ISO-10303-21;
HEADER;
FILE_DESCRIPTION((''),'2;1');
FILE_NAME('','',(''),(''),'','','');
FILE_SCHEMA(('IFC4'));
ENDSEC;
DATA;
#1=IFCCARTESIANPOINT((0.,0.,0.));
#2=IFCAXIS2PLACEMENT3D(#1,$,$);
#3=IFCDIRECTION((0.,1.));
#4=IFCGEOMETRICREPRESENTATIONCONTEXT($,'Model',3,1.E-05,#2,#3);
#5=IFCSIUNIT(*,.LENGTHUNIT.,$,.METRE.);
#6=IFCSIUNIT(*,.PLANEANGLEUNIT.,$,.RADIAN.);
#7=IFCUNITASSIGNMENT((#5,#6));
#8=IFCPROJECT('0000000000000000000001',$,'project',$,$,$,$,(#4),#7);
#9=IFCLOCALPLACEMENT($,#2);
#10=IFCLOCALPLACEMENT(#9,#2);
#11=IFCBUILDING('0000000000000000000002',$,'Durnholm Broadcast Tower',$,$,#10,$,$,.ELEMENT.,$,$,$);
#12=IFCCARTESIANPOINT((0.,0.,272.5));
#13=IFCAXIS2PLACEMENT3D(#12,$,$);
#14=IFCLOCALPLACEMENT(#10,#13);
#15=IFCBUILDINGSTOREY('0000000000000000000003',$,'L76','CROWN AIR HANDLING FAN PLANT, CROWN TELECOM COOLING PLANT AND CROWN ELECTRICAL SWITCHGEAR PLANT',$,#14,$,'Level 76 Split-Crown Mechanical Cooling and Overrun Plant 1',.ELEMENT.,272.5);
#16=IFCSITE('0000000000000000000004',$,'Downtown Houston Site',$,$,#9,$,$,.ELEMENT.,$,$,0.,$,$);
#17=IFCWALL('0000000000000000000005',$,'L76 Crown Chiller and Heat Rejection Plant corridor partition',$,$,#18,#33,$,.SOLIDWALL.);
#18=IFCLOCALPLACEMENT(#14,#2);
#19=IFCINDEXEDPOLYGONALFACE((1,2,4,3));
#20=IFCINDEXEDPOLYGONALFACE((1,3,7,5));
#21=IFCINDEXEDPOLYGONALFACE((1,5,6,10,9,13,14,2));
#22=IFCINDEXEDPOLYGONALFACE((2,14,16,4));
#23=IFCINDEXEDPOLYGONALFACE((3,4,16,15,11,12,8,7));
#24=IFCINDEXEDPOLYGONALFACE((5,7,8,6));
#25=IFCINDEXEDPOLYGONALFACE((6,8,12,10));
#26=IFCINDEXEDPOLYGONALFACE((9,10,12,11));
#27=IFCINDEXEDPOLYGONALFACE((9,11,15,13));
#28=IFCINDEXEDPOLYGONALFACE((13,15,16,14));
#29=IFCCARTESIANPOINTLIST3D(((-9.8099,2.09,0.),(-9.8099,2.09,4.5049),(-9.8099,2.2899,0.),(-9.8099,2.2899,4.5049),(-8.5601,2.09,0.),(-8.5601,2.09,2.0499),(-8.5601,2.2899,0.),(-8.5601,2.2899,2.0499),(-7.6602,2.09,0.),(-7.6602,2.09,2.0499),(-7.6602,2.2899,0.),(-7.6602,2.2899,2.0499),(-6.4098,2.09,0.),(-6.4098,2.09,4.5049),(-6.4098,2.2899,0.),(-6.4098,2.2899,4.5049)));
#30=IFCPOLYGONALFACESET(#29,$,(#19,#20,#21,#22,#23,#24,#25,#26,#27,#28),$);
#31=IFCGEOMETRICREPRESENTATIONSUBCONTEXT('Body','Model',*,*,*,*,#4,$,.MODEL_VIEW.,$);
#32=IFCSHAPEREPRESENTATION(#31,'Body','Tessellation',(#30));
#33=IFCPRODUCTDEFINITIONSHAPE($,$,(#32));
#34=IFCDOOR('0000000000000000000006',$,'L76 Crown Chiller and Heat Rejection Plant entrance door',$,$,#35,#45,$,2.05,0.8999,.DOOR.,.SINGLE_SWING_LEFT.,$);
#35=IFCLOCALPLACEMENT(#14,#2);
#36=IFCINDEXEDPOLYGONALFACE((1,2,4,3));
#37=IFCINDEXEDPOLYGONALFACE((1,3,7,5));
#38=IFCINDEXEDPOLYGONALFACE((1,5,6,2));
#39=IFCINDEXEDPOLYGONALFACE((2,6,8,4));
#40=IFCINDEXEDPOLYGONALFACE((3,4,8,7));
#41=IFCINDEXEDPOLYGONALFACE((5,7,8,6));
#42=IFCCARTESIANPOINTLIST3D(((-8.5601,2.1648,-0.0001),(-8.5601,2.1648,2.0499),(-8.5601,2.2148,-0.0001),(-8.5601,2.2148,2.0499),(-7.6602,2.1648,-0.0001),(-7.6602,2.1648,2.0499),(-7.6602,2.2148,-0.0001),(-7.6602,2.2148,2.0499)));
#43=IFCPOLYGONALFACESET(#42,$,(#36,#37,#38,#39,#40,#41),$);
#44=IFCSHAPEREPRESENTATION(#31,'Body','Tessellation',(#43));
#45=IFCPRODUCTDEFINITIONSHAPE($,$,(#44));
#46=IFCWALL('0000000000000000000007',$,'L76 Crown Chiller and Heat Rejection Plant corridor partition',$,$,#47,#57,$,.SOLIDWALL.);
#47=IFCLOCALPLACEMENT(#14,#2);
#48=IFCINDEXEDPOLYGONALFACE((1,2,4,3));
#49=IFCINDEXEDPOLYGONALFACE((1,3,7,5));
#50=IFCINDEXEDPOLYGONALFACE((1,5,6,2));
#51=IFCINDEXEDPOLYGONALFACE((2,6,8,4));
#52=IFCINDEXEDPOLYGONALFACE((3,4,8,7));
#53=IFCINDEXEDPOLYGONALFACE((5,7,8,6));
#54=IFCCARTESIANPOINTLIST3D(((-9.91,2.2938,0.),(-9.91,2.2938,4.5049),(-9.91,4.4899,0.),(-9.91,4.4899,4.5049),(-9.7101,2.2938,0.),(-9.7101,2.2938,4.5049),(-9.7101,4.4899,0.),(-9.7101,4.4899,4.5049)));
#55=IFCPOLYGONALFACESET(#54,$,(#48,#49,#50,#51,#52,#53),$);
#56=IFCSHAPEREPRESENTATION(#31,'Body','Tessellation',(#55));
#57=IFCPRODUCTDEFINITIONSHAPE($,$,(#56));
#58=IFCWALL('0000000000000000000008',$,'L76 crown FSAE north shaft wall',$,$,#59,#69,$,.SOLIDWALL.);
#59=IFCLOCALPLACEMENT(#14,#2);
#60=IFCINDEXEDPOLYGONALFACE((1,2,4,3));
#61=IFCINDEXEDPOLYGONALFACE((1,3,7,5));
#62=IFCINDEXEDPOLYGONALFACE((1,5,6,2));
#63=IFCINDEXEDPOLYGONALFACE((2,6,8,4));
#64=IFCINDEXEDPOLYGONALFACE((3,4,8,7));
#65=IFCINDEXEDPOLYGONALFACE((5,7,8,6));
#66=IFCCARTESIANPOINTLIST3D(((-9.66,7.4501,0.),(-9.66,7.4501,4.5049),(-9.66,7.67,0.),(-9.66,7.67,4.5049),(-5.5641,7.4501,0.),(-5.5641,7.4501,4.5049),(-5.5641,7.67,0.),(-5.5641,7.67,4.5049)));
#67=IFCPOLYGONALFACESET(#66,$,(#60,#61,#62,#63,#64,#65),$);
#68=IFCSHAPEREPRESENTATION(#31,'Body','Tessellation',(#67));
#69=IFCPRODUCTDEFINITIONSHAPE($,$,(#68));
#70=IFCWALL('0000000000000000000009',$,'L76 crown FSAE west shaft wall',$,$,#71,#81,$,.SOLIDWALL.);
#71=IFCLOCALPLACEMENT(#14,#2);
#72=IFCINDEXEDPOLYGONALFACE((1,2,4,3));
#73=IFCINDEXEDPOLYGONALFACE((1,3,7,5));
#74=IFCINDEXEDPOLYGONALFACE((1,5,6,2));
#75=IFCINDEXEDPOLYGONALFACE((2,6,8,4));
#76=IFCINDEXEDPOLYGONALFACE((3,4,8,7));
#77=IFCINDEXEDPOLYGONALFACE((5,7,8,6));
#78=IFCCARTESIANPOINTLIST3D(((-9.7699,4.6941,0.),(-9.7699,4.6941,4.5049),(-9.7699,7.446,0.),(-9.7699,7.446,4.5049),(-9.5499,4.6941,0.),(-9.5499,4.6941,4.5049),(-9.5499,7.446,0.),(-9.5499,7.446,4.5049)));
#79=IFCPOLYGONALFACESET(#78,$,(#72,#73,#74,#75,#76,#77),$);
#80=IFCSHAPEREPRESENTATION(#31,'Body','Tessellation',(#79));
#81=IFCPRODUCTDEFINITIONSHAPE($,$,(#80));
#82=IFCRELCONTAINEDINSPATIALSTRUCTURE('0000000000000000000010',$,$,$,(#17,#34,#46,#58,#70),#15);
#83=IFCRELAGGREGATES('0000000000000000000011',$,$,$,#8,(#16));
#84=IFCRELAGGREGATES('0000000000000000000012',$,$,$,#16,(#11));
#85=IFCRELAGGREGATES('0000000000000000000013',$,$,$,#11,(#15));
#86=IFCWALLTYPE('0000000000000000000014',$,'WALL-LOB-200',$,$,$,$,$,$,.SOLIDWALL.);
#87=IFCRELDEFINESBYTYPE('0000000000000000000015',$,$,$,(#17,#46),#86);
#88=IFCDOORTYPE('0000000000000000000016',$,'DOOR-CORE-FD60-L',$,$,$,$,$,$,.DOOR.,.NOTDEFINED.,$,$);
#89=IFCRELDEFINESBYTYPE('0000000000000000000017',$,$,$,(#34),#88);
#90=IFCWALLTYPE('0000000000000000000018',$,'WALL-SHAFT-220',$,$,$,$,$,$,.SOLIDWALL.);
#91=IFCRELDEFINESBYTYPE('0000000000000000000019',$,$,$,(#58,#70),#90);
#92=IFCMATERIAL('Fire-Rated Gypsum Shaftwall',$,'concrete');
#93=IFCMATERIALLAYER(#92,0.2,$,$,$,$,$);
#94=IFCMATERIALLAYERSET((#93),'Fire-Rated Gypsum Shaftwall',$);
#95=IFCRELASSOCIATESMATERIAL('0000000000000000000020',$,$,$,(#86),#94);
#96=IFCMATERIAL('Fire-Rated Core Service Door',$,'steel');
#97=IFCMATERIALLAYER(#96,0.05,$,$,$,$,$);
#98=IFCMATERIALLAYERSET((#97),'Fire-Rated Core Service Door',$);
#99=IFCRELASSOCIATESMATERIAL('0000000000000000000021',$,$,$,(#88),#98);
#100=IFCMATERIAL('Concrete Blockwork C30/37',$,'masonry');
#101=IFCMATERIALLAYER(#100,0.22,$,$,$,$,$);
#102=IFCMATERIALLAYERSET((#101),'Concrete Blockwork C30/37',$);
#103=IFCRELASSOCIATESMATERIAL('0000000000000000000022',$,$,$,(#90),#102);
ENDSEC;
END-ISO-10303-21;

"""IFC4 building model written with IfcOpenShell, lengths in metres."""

from ifc_helpers import new_model, si_unit, direction, frame, frame_2d, origin, place, context, subcontext, project, spatial, rectangle, extrude, source, transform, mapped, material, layer, layer_set, type_object, type_shapes, element, fill, save


model = new_model("IFC4")

# Units and contexts
model_context = context("Model", 3, precision=1e-05, world=origin(), true_north=direction((0.0, 1.0)))
body_context = subcontext(model_context, "Body", "Model", "MODEL_VIEW")
ifc_project = project(units=[si_unit("LENGTHUNIT", "METRE"), si_unit("PLANEANGLEUNIT", "RADIAN")], contexts=[model_context])

# Site, building, storey
site_placement = place(None, origin())
site = spatial("IfcSite", under=ifc_project, at=site_placement, Name="Downtown Houston Site", CompositionType="ELEMENT", RefElevation=0.0)
building_placement = place(site_placement, origin())
building = spatial("IfcBuilding", under=site, at=building_placement, Name="Durnholm Broadcast Tower", CompositionType="ELEMENT")
storey_placement = place(building_placement, frame((0.0, 0.0, 272.5)))
storey = spatial("IfcBuildingStorey", under=building, at=storey_placement, Name="L76", Description="CROWN AIR HANDLING FAN PLANT, CROWN TELECOM COOLING PLANT AND CROWN ELECTRICAL SWITCHGEAR PLANT", LongName="Level 76 Split-Crown Mechanical Cooling and Overrun Plant 1", CompositionType="ELEMENT", Elevation=272.5)

# Wall, opening, door
ifc_material_1 = material(Name="Fire-Rated Gypsum Shaftwall", Category="concrete")
ifc_layer_1 = layer(ifc_material_1, 0.2)
ifc_layer_set_1 = layer_set([ifc_layer_1], Name="Fire-Rated Gypsum Shaftwall")
wall_type_1 = type_object("IfcWallType", Name="WALL-LOB-200", PredefinedType="SOLIDWALL", material=ifc_layer_set_1)
wall_1_placement = place(storey_placement, frame((-9.8101, 2.1899, 0.0), z_axis=(0.0, 0.0, 1.0), x_axis=(1.0, 0.0, 0.0)))
wall_1 = element("IfcWall", 1, at=wall_1_placement, inside=storey, type_object=wall_type_1, Name="L76 Crown Chiller and Heat Rejection Plant corridor partition", PredefinedType="SOLIDWALL", context=body_context, shape_type="SweptSolid", body=[
    extrude(rectangle(XDim=3.4001, YDim=0.2, at=frame_2d((1.7002, 0.0))), origin(), (0.0, 0.0, 1.0), 4.5049),
])
opening_1_placement = place(wall_1_placement, frame((1.25, 0.0, 0.0)))
opening_1 = element("IfcOpeningElement", 2, at=opening_1_placement, cuts=wall_1, PredefinedType="OPENING", context=body_context, shape_type="SweptSolid", body=[
    extrude(rectangle(XDim=0.8999, YDim=2.05, at=frame_2d((0.45, 1.0249))), frame((0.0, 0.1099, 0.0), z_axis=(0.0, -1.0, 0.0), x_axis=(1.0, 0.0, 0.0)), (0.0, 0.0, 1.0), 0.22),
])
ifc_material_2 = material(Name="Fire-Rated Core Service Door", Category="steel")
ifc_layer_2 = layer(ifc_material_2, 0.05)
ifc_layer_set_2 = layer_set([ifc_layer_2], Name="Fire-Rated Core Service Door")
door_type_1 = type_object("IfcDoorType", Name="DOOR-CORE-FD60-L", OperationType="NOTDEFINED", PredefinedType="DOOR", material=ifc_layer_set_2)
shared_shape_1 = source(origin(), body_context, "Body", "SweptSolid", [
    extrude(rectangle(XDim=0.8999, YDim=2.05, at=frame_2d((0.45, 1.0249))), frame((0.0, 0.0249, 0.0), z_axis=(0.0, -1.0, 0.0), x_axis=(1.0, 0.0, 0.0)), (0.0, 0.0, 1.0), 0.05),
])
type_shapes(door_type_1, [shared_shape_1])
door_1_placement = place(opening_1_placement, origin())
door_1 = element("IfcDoor", 3, at=door_1_placement, inside=storey, type_object=door_type_1, Name="L76 Crown Chiller and Heat Rejection Plant entrance door", OperationType="SINGLE_SWING_LEFT", OverallHeight=2.05, OverallWidth=0.8999, PredefinedType="DOOR", context=body_context, shape_type="MappedRepresentation", body=[
    mapped(shared_shape_1, transform((0.0, 0.0, 0.0), x_axis=(1.0, 0.0, 0.0), y_axis=(0.0, 1.0, 0.0), z_axis=(0.0, 0.0, 1.0), scale=1.0)),
])
fill(opening_1, door_1)

# Wall
wall_2_placement = place(storey_placement, frame((-9.8101, 4.49, 0.0), z_axis=(0.0, 0.0, 1.0), x_axis=(0.0, -1.0, 0.0)))
element("IfcWall", 4, at=wall_2_placement, inside=storey, type_object=wall_type_1, Name="L76 Crown Chiller and Heat Rejection Plant corridor partition", PredefinedType="SOLIDWALL", context=body_context, shape_type="SweptSolid", body=[
    extrude(rectangle(XDim=2.196, YDim=0.2, at=frame_2d((1.0981, 0.0))), origin(), (0.0, 0.0, 1.0), 4.5049),
])

# Shared definitions
ifc_material_3 = material(Name="Concrete Blockwork C30/37", Category="masonry")
ifc_layer_3 = layer(ifc_material_3, 0.22)
ifc_layer_set_3 = layer_set([ifc_layer_3], Name="Concrete Blockwork C30/37")
wall_type_2 = type_object("IfcWallType", Name="WALL-SHAFT-220", PredefinedType="SOLIDWALL", material=ifc_layer_set_3)

# Walls
wall_3_placement = place(storey_placement, frame((-9.6599, 7.5601, 0.0), z_axis=(0.0, 0.0, 1.0), x_axis=(1.0, 0.0, 0.0)))
element("IfcWall", 5, at=wall_3_placement, inside=storey, type_object=wall_type_2, Name="L76 crown FSAE north shaft wall", PredefinedType="SOLIDWALL", context=body_context, shape_type="SweptSolid", body=[
    extrude(rectangle(XDim=4.0959, YDim=0.22, at=frame_2d((2.0479, 0.0))), origin(), (0.0, 0.0, 1.0), 4.5049),
])
wall_4_placement = place(storey_placement, frame((-9.6599, 4.6941, 0.0), z_axis=(0.0, 0.0, 1.0), x_axis=(0.0, 1.0, 0.0)))
element("IfcWall", 6, at=wall_4_placement, inside=storey, type_object=wall_type_2, Name="L76 crown FSAE west shaft wall", PredefinedType="SOLIDWALL", context=body_context, shape_type="SweptSolid", body=[
    extrude(rectangle(XDim=2.752, YDim=0.22, at=frame_2d((1.376, 0.0))), origin(), (0.0, 0.0, 1.0), 4.5049),
])

save(model, "model.ifc")
